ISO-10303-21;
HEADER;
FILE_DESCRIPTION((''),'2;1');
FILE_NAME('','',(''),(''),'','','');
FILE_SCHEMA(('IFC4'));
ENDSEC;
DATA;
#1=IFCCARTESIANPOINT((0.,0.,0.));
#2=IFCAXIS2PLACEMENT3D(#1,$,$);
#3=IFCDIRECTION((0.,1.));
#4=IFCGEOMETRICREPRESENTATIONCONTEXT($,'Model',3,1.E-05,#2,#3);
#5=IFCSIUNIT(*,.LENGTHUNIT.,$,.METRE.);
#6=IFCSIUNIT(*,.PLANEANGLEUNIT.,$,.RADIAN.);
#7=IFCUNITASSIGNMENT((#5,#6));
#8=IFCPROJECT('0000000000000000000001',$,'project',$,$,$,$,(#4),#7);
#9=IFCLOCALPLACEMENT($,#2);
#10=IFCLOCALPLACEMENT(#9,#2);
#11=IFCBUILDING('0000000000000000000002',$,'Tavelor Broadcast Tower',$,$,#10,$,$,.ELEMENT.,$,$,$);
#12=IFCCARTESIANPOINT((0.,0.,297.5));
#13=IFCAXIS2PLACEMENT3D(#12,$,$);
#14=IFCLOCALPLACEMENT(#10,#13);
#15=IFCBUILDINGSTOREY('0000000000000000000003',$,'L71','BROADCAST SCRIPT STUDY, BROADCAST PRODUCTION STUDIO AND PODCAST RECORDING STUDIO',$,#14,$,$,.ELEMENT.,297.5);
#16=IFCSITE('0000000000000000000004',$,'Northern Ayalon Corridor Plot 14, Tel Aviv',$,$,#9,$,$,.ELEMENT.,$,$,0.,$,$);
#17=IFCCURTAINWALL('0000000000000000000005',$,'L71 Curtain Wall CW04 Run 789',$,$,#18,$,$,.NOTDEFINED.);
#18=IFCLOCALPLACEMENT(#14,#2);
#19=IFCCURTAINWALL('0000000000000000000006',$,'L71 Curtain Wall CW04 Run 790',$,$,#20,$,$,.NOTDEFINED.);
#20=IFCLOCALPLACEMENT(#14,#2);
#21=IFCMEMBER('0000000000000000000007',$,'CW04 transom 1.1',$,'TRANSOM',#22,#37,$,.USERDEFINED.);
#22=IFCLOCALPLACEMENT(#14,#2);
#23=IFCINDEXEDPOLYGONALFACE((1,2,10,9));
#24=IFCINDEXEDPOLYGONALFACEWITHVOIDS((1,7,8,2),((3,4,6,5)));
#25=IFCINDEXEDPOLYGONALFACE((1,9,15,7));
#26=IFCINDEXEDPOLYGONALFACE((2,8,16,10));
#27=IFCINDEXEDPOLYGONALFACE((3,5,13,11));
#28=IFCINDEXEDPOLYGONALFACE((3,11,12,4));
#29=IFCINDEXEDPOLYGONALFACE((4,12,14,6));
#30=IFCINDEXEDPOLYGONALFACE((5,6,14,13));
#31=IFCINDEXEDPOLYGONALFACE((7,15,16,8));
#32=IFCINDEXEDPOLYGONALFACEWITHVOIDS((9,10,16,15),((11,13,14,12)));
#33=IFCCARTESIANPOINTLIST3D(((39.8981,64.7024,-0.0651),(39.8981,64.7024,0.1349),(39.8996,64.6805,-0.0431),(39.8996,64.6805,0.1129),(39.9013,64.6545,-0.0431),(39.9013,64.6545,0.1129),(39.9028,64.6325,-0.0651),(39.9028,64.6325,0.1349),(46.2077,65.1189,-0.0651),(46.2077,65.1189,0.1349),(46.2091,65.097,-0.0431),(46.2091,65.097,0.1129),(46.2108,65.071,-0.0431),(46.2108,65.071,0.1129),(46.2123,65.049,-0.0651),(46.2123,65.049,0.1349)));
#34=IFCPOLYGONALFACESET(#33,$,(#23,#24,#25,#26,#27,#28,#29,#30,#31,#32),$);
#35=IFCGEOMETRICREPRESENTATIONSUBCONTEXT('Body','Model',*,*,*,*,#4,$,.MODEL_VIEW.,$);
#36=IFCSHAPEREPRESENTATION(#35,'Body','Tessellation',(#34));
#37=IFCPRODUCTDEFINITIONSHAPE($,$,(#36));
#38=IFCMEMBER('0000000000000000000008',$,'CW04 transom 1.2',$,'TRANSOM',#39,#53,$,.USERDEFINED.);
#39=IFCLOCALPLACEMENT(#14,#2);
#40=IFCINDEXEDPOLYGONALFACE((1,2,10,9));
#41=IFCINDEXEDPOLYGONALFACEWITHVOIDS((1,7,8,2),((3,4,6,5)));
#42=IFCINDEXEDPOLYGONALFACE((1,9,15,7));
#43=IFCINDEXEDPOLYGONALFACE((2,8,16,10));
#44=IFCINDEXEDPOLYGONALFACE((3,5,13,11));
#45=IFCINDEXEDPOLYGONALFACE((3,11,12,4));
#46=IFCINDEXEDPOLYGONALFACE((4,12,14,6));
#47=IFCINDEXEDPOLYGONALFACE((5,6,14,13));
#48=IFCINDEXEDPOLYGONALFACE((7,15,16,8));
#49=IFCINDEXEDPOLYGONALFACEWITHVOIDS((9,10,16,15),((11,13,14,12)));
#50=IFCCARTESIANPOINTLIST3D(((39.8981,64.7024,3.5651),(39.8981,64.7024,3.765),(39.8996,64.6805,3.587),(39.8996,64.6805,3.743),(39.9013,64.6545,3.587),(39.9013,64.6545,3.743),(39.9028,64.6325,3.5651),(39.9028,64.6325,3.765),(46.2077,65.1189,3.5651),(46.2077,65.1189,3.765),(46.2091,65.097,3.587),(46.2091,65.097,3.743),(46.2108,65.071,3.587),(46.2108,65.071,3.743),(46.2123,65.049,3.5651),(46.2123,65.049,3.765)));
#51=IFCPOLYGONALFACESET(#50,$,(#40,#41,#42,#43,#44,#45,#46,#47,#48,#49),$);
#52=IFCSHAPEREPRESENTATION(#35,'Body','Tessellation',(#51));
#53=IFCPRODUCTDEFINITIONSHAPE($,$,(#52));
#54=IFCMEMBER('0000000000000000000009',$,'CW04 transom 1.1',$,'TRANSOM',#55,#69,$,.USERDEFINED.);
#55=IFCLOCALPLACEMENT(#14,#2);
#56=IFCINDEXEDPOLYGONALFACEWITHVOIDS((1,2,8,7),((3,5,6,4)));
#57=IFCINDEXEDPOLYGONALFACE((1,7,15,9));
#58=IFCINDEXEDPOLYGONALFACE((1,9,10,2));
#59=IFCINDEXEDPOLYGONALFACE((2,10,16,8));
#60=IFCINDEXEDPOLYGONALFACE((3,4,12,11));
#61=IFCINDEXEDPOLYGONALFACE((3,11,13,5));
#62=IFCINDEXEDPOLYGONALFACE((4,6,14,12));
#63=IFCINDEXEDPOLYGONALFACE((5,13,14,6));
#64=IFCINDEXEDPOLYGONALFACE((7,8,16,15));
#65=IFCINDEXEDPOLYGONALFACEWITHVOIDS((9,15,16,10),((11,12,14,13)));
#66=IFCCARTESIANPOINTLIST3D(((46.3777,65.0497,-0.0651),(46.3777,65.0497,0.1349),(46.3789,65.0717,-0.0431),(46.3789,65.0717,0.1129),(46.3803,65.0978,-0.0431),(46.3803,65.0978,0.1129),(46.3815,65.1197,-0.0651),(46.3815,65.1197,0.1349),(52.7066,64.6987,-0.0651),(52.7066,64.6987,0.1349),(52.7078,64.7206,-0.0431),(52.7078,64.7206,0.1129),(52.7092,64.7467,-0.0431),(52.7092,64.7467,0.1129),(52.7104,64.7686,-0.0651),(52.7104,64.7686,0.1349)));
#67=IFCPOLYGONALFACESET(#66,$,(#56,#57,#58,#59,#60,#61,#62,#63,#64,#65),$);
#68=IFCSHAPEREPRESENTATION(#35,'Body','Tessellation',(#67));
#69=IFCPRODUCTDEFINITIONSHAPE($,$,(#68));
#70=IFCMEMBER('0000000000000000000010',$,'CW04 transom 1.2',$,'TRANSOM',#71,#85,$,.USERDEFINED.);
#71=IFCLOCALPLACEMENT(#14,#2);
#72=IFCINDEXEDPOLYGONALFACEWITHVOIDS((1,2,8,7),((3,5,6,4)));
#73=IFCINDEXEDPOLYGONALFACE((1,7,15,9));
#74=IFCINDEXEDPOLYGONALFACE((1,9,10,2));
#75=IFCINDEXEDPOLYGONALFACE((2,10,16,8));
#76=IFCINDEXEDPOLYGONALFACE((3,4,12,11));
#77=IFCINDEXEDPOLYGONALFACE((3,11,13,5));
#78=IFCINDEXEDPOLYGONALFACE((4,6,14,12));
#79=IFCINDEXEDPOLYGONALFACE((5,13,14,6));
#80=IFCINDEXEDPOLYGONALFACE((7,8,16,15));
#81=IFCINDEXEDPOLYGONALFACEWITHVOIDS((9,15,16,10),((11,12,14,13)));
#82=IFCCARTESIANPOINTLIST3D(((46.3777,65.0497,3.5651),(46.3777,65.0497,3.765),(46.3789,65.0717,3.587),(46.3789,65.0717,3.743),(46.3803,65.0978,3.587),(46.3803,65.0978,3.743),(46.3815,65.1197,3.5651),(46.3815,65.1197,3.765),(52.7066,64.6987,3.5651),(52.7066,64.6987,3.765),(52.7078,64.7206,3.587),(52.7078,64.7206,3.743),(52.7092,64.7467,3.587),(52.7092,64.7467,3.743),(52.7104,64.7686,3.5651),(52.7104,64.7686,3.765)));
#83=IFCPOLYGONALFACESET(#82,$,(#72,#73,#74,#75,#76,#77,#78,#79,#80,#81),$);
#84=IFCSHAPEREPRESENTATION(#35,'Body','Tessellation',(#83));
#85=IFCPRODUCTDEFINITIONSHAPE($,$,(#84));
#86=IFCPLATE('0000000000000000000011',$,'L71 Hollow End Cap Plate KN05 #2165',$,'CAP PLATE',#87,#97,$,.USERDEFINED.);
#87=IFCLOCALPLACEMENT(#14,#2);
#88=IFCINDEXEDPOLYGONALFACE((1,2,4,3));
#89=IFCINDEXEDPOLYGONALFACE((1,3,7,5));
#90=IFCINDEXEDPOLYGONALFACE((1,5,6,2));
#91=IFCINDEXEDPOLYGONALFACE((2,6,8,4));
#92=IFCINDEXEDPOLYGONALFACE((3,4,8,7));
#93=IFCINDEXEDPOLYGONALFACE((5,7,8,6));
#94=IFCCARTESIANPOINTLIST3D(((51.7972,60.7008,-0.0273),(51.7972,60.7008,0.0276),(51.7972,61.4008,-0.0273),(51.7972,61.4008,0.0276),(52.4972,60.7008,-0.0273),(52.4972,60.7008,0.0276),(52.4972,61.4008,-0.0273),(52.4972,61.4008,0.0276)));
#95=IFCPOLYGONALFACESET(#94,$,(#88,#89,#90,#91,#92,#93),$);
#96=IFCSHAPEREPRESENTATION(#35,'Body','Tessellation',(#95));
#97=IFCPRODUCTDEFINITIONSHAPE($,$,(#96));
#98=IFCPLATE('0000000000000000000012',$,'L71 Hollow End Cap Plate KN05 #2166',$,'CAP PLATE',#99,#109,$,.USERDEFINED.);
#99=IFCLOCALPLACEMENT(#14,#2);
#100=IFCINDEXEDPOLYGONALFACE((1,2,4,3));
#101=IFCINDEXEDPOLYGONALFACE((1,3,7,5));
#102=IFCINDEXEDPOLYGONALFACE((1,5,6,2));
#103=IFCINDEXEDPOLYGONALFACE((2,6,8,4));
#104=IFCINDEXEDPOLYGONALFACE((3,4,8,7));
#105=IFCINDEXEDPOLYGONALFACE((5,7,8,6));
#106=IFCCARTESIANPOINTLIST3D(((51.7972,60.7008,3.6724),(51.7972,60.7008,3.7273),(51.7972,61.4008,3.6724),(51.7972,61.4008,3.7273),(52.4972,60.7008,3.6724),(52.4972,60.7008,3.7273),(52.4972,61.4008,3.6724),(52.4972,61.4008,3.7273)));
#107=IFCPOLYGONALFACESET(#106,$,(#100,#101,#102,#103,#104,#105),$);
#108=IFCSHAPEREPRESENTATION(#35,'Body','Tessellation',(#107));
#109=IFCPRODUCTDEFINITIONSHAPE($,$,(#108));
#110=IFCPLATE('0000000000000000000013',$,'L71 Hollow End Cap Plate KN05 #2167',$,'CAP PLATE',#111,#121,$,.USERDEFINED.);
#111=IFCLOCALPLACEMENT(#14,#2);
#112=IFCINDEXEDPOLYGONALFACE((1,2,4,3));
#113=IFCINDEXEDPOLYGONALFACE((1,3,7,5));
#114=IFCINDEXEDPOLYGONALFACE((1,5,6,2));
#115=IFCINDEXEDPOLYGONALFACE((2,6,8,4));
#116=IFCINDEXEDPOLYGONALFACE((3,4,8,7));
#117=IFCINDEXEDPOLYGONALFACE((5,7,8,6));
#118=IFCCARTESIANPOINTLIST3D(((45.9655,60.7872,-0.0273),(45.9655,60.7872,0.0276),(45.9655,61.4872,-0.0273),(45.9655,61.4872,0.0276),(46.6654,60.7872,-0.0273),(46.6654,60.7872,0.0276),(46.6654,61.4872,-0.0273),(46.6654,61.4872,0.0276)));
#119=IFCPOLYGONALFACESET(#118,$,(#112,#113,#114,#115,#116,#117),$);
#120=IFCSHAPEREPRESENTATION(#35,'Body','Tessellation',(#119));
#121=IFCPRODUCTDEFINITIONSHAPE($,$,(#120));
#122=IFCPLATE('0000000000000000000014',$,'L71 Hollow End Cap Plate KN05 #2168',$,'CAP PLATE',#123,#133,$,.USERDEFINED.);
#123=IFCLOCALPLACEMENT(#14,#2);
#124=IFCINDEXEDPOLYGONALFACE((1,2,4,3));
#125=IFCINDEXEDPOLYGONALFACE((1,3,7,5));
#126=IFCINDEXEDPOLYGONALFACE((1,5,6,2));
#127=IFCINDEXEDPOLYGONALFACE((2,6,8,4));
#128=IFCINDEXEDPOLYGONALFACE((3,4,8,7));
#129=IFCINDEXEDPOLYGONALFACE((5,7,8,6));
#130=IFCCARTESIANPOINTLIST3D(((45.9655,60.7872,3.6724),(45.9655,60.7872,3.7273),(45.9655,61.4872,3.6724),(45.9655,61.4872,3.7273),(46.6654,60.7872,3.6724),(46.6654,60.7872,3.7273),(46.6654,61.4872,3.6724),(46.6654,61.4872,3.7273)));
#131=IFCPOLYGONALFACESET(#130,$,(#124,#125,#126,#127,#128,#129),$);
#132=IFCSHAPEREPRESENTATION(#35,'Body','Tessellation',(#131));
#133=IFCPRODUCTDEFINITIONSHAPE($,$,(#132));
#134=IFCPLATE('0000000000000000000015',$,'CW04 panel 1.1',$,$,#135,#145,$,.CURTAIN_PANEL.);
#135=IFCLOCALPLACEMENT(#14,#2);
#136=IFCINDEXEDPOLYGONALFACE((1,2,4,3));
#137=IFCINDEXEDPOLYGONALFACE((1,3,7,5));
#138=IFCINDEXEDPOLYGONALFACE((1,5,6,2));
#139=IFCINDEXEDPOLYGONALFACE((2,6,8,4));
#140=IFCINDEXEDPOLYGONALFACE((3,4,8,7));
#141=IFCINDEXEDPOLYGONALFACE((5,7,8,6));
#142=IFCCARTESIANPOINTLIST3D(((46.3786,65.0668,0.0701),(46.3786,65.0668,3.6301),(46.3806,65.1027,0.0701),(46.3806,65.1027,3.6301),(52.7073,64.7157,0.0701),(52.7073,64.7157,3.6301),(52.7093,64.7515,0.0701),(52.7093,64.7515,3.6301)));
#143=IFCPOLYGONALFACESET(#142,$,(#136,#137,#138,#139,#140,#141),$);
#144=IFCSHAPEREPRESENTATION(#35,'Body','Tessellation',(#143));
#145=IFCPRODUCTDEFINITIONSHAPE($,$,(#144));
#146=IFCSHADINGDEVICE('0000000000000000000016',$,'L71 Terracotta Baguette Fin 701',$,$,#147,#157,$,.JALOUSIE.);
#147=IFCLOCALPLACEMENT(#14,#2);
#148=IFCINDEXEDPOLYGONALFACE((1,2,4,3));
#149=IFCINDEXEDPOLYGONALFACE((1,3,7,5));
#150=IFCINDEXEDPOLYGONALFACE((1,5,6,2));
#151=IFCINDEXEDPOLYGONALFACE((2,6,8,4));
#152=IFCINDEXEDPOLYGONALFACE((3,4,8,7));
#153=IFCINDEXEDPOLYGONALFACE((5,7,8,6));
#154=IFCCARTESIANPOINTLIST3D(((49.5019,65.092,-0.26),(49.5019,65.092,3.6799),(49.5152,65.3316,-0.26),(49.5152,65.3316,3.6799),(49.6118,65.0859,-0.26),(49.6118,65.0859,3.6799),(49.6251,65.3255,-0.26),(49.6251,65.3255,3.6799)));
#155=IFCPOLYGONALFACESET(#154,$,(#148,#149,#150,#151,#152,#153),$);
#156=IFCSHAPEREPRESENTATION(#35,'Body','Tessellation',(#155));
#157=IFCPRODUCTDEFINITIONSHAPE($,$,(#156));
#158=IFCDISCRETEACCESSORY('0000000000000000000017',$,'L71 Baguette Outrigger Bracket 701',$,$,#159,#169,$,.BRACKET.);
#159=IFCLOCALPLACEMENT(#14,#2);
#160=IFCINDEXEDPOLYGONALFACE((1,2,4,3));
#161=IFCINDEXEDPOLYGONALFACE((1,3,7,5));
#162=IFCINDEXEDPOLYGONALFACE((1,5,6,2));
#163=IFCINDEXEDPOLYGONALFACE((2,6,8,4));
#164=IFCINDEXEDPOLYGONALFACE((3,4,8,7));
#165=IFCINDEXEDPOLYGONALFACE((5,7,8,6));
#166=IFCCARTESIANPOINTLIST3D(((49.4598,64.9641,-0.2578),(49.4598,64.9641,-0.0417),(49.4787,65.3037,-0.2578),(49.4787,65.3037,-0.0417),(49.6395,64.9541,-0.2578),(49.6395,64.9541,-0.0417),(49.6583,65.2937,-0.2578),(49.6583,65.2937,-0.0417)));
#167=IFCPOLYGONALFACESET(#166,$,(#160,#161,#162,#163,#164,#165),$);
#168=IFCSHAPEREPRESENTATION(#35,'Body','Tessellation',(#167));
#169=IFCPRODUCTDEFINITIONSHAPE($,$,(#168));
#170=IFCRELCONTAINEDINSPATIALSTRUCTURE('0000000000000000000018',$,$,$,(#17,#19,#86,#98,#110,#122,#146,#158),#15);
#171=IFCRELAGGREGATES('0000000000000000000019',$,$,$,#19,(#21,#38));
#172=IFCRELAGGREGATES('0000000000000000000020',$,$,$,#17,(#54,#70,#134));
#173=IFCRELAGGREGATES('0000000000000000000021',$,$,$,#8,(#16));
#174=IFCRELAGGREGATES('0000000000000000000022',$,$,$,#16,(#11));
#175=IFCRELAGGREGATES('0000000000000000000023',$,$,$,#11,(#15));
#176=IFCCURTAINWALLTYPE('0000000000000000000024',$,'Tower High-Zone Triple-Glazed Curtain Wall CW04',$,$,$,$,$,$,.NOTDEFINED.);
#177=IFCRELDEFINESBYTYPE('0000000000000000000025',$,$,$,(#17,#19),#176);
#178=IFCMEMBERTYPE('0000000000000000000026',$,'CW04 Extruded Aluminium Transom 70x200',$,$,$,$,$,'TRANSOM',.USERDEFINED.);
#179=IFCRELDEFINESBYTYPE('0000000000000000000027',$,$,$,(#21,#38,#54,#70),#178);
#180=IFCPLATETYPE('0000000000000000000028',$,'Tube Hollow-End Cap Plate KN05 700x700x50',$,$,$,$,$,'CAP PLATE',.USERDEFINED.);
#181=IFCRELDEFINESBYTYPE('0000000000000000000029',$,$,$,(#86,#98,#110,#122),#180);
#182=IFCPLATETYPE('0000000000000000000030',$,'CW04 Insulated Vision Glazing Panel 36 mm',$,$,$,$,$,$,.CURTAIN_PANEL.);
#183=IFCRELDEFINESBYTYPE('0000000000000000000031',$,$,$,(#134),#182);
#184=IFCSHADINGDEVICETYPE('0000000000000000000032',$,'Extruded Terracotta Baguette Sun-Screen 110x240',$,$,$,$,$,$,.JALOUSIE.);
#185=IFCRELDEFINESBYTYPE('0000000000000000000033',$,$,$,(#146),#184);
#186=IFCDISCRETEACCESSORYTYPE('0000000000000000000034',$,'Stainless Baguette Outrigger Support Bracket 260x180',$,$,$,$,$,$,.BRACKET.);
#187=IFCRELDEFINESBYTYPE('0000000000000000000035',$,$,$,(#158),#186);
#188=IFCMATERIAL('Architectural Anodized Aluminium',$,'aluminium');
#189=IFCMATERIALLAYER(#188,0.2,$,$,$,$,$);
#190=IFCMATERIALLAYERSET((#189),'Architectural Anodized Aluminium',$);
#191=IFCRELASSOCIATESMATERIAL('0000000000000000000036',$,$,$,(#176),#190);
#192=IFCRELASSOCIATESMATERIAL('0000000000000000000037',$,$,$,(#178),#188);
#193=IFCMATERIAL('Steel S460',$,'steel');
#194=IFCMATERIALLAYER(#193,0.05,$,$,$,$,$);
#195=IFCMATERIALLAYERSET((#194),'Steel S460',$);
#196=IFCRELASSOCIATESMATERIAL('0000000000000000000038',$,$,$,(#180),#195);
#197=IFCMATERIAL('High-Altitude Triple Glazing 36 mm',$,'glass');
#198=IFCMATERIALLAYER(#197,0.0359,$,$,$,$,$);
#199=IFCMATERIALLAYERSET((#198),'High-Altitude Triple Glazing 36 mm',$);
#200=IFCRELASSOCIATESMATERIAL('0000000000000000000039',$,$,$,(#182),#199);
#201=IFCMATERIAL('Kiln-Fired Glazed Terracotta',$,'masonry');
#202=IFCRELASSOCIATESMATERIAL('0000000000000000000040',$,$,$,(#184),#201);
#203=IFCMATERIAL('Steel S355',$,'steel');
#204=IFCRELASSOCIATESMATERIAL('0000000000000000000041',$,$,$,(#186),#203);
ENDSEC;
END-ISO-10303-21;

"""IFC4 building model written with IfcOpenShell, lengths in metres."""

from ifc_helpers import new_model, si_unit, direction, frame, origin, origin_2d, place, context, subcontext, project, spatial, rectangle, hollow_rectangle, extrude, source, transform, mapped, material, layer, layer_set, material_profile, profile_set, type_object, type_shapes, element, aggregate, save


model = new_model("IFC4")

# Units and contexts
model_context = context("Model", 3, precision=1e-05, world=origin(), true_north=direction((0.0, 1.0)))
body_context = subcontext(model_context, "Body", "Model", "MODEL_VIEW")
ifc_project = project(units=[si_unit("LENGTHUNIT", "METRE"), si_unit("PLANEANGLEUNIT", "RADIAN")], contexts=[model_context])

# Site, building, storey
site_placement = place(None, origin())
site = spatial("IfcSite", under=ifc_project, at=site_placement, Name="Northern Ayalon Corridor Plot 14, Tel Aviv", CompositionType="ELEMENT", RefElevation=0.0)
building_placement = place(site_placement, origin())
building = spatial("IfcBuilding", under=site, at=building_placement, Name="Tavelor Broadcast Tower", CompositionType="ELEMENT")
storey_placement = place(building_placement, frame((0.0, 0.0, 297.5)))
storey = spatial("IfcBuildingStorey", under=building, at=storey_placement, Name="L71", Description="BROADCAST SCRIPT STUDY, BROADCAST PRODUCTION STUDIO AND PODCAST RECORDING STUDIO", CompositionType="ELEMENT", Elevation=297.5)

# Shared definitions
ifc_material_1 = material(Name="Steel S460", Category="steel")

# Shared definitions
ifc_material_2 = material(Name="Steel S355", Category="steel")

# Curtain walls, members
ifc_material_3 = material(Name="Architectural Anodized Aluminium", Category="aluminium")
ifc_layer_1 = layer(ifc_material_3, 0.2)
ifc_layer_set_1 = layer_set([ifc_layer_1], Name="Architectural Anodized Aluminium")
curtain_wall_type = type_object("IfcCurtainWallType", Name="Tower High-Zone Triple-Glazed Curtain Wall CW04", PredefinedType="NOTDEFINED", material=ifc_layer_set_1)
curtain_wall_1_placement = place(storey_placement, origin())
curtain_wall_1 = element("IfcCurtainWall", 1, at=curtain_wall_1_placement, inside=storey, type_object=curtain_wall_type, Name="L71 Curtain Wall CW04 Run 789", PredefinedType="NOTDEFINED")
curtain_wall_2_placement = place(storey_placement, origin())
curtain_wall_2 = element("IfcCurtainWall", 2, at=curtain_wall_2_placement, inside=storey, type_object=curtain_wall_type, Name="L71 Curtain Wall CW04 Run 790", PredefinedType="NOTDEFINED")
ifc_material_profile_1 = material_profile(ifc_material_3, hollow_rectangle(XDim=0.0701, YDim=0.2, WallThickness=0.022, at=origin_2d()), Name="RHS 70x200x22")
ifc_profile_set_1 = profile_set([ifc_material_profile_1], Name="Architectural Anodized Aluminium")
member_type_1 = type_object("IfcMemberType", Name="CW04 Extruded Aluminium Transom 70x200", ElementType="TRANSOM", PredefinedType="USERDEFINED", material=ifc_profile_set_1)
shared_shape_1 = source(origin(), body_context, "Body", "SweptSolid", [
    extrude(hollow_rectangle(XDim=0.0701, YDim=0.2, WallThickness=0.022, at=origin_2d()), origin(), (0.0, 0.0, 1.0), 6.3232),
])
member_1_placement = place(storey_placement, frame((46.21, 65.084, 0.0349), z_axis=(-0.997828, -0.065868, 0.0), x_axis=(0.065868, -0.997828, 0.0)))
member_1 = element("IfcMember", 3, at=member_1_placement, type_object=member_type_1, Name="CW04 transom 1.1", ObjectType="TRANSOM", PredefinedType="USERDEFINED", context=body_context, shape_type="MappedRepresentation", body=[
    mapped(shared_shape_1, transform((0.0, 0.0, 0.0), scale=1.0)),
])
member_2_placement = place(storey_placement, frame((46.21, 65.084, 3.665), z_axis=(-0.997828, -0.065868, 0.0), x_axis=(0.065868, -0.997828, 0.0)))
member_2 = element("IfcMember", 4, at=member_2_placement, type_object=member_type_1, Name="CW04 transom 1.2", ObjectType="TRANSOM", PredefinedType="USERDEFINED", context=body_context, shape_type="MappedRepresentation", body=[
    mapped(shared_shape_1, transform((0.0, 0.0, 0.0), scale=1.0)),
])
aggregate(curtain_wall_2, [member_1, member_2])

# Members
shared_shape_2 = source(origin(), body_context, "Body", "SweptSolid", [
    extrude(hollow_rectangle(XDim=0.0701, YDim=0.2, WallThickness=0.022, at=origin_2d()), origin(), (0.0, 0.0, 1.0), 6.3386),
])
type_shapes(member_type_1, [shared_shape_1, shared_shape_2])
member_3_placement = place(storey_placement, frame((52.7085, 64.7336, 0.0349), z_axis=(-0.998465, 0.055387, 0.0), x_axis=(-0.055387, -0.998465, 0.0)))
member_3 = element("IfcMember", 5, at=member_3_placement, type_object=member_type_1, Name="CW04 transom 1.1", ObjectType="TRANSOM", PredefinedType="USERDEFINED", context=body_context, shape_type="MappedRepresentation", body=[
    mapped(shared_shape_2, transform((0.0, 0.0, 0.0), scale=1.0)),
])
member_4_placement = place(storey_placement, frame((52.7085, 64.7336, 3.665), z_axis=(-0.998465, 0.055387, 0.0), x_axis=(-0.055387, -0.998465, 0.0)))
member_4 = element("IfcMember", 6, at=member_4_placement, type_object=member_type_1, Name="CW04 transom 1.2", ObjectType="TRANSOM", PredefinedType="USERDEFINED", context=body_context, shape_type="MappedRepresentation", body=[
    mapped(shared_shape_2, transform((0.0, 0.0, 0.0), scale=1.0)),
])

# Plates
ifc_layer_2 = layer(ifc_material_1, 0.05)
ifc_layer_set_2 = layer_set([ifc_layer_2], Name="Steel S460")
plate_type_1 = type_object("IfcPlateType", Name="Tube Hollow-End Cap Plate KN05 700x700x50", ElementType="CAP PLATE", PredefinedType="USERDEFINED", material=ifc_layer_set_2)
shared_shape_3 = source(origin(), body_context, "Body", "SweptSolid", [
    extrude(rectangle(XDim=0.7, YDim=0.7, at=origin_2d()), origin(), (0.0, 0.0, 1.0), 0.0549),
])
type_shapes(plate_type_1, [shared_shape_3])
for number, where, z_axis, x_axis, name in (
    (7, (52.1472, 61.0508, -0.0273), (0.0, 0.0, 1.0), (1.0, 0.0, 0.0), "L71 Hollow End Cap Plate KN05 #2165"),
    (8, (52.1472, 61.0508, 3.6724), (0.0, 0.0, 1.0), (1.0, 0.0, 0.0), "L71 Hollow End Cap Plate KN05 #2166"),
    (9, (46.3154, 61.1372, -0.0273), (0.0, 0.0, 1.0), (1.0, 0.0, 0.0), "L71 Hollow End Cap Plate KN05 #2167"),
    (10, (46.3154, 61.1372, 3.6724), (0.0, 0.0, 1.0), (1.0, 0.0, 0.0), "L71 Hollow End Cap Plate KN05 #2168"),
):
    element("IfcPlate", number, at=place(storey_placement, frame(where, z_axis=z_axis, x_axis=x_axis)), inside=storey, type_object=plate_type_1, Name=name, ObjectType="CAP PLATE", PredefinedType="USERDEFINED", context=body_context, shape_type="MappedRepresentation", body=[
        mapped(shared_shape_3, transform((0.0, 0.0, 0.0), scale=1.0)),
    ])

# Plate
ifc_material_4 = material(Name="High-Altitude Triple Glazing 36 mm", Category="glass")
ifc_layer_3 = layer(ifc_material_4, 0.0359)
ifc_layer_set_3 = layer_set([ifc_layer_3], Name="High-Altitude Triple Glazing 36 mm")
plate_type_2 = type_object("IfcPlateType", Name="CW04 Insulated Vision Glazing Panel 36 mm", PredefinedType="CURTAIN_PANEL", material=ifc_layer_set_3)
shared_shape_4 = source(origin(), body_context, "Body", "SweptSolid", [
    extrude(rectangle(XDim=6.3384, YDim=0.0359, at=origin_2d()), origin(), (0.0, 0.0, 1.0), 3.5601),
])
type_shapes(plate_type_2, [shared_shape_4])
plate_placement = place(storey_placement, frame((49.5439, 64.9092, 0.0701), z_axis=(0.0, 0.0, 1.0), x_axis=(-0.998464, 0.055399, 0.0)))
plate = element("IfcPlate", 11, at=plate_placement, type_object=plate_type_2, Name="CW04 panel 1.1", PredefinedType="CURTAIN_PANEL", context=body_context, shape_type="MappedRepresentation", body=[
    mapped(shared_shape_4, transform((0.0, 0.0, 0.0), scale=1.0)),
])
aggregate(curtain_wall_1, [member_3, member_4, plate])

# Shading device
ifc_material_5 = material(Name="Kiln-Fired Glazed Terracotta", Category="masonry")
shading_device_type = type_object("IfcShadingDeviceType", Name="Extruded Terracotta Baguette Sun-Screen 110x240", PredefinedType="JALOUSIE", material=ifc_material_5)
shared_shape_5 = source(origin(), body_context, "Body", "SweptSolid", [
    extrude(rectangle(XDim=0.1101, YDim=0.24, at=origin_2d()), origin(), (0.0, 0.0, 1.0), 3.9399),
])
type_shapes(shading_device_type, [shared_shape_5])
shading_device_placement = place(storey_placement, frame((49.5635, 65.2087, -0.26), z_axis=(0.0, 0.0, 1.0), x_axis=(-0.99846, 0.055473, 0.0)))
element("IfcShadingDevice", 12, at=shading_device_placement, inside=storey, type_object=shading_device_type, Name="L71 Terracotta Baguette Fin 701", PredefinedType="JALOUSIE", context=body_context, shape_type="MappedRepresentation", body=[
    mapped(shared_shape_5, transform((0.0, 0.0, 0.0), scale=1.0)),
])

# Discrete accessory
discrete_accessory_type = type_object("IfcDiscreteAccessoryType", Name="Stainless Baguette Outrigger Support Bracket 260x180", PredefinedType="BRACKET", material=ifc_material_2)
shared_shape_6 = source(origin(), body_context, "Body", "SweptSolid", [
    extrude(rectangle(XDim=0.1799, YDim=0.3401, at=origin_2d()), origin(), (0.0, 0.0, 1.0), 0.2161),
])
type_shapes(discrete_accessory_type, [shared_shape_6])
discrete_accessory_placement = place(storey_placement, frame((49.5591, 65.1289, -0.2578), z_axis=(0.0, 0.0, 1.0), x_axis=(-0.99846, 0.055473, 0.0)))
element("IfcDiscreteAccessory", 13, at=discrete_accessory_placement, inside=storey, type_object=discrete_accessory_type, Name="L71 Baguette Outrigger Bracket 701", PredefinedType="BRACKET", context=body_context, shape_type="MappedRepresentation", body=[
    mapped(shared_shape_6, transform((0.0, 0.0, 0.0), scale=1.0)),
])

save(model, "model.ifc")
